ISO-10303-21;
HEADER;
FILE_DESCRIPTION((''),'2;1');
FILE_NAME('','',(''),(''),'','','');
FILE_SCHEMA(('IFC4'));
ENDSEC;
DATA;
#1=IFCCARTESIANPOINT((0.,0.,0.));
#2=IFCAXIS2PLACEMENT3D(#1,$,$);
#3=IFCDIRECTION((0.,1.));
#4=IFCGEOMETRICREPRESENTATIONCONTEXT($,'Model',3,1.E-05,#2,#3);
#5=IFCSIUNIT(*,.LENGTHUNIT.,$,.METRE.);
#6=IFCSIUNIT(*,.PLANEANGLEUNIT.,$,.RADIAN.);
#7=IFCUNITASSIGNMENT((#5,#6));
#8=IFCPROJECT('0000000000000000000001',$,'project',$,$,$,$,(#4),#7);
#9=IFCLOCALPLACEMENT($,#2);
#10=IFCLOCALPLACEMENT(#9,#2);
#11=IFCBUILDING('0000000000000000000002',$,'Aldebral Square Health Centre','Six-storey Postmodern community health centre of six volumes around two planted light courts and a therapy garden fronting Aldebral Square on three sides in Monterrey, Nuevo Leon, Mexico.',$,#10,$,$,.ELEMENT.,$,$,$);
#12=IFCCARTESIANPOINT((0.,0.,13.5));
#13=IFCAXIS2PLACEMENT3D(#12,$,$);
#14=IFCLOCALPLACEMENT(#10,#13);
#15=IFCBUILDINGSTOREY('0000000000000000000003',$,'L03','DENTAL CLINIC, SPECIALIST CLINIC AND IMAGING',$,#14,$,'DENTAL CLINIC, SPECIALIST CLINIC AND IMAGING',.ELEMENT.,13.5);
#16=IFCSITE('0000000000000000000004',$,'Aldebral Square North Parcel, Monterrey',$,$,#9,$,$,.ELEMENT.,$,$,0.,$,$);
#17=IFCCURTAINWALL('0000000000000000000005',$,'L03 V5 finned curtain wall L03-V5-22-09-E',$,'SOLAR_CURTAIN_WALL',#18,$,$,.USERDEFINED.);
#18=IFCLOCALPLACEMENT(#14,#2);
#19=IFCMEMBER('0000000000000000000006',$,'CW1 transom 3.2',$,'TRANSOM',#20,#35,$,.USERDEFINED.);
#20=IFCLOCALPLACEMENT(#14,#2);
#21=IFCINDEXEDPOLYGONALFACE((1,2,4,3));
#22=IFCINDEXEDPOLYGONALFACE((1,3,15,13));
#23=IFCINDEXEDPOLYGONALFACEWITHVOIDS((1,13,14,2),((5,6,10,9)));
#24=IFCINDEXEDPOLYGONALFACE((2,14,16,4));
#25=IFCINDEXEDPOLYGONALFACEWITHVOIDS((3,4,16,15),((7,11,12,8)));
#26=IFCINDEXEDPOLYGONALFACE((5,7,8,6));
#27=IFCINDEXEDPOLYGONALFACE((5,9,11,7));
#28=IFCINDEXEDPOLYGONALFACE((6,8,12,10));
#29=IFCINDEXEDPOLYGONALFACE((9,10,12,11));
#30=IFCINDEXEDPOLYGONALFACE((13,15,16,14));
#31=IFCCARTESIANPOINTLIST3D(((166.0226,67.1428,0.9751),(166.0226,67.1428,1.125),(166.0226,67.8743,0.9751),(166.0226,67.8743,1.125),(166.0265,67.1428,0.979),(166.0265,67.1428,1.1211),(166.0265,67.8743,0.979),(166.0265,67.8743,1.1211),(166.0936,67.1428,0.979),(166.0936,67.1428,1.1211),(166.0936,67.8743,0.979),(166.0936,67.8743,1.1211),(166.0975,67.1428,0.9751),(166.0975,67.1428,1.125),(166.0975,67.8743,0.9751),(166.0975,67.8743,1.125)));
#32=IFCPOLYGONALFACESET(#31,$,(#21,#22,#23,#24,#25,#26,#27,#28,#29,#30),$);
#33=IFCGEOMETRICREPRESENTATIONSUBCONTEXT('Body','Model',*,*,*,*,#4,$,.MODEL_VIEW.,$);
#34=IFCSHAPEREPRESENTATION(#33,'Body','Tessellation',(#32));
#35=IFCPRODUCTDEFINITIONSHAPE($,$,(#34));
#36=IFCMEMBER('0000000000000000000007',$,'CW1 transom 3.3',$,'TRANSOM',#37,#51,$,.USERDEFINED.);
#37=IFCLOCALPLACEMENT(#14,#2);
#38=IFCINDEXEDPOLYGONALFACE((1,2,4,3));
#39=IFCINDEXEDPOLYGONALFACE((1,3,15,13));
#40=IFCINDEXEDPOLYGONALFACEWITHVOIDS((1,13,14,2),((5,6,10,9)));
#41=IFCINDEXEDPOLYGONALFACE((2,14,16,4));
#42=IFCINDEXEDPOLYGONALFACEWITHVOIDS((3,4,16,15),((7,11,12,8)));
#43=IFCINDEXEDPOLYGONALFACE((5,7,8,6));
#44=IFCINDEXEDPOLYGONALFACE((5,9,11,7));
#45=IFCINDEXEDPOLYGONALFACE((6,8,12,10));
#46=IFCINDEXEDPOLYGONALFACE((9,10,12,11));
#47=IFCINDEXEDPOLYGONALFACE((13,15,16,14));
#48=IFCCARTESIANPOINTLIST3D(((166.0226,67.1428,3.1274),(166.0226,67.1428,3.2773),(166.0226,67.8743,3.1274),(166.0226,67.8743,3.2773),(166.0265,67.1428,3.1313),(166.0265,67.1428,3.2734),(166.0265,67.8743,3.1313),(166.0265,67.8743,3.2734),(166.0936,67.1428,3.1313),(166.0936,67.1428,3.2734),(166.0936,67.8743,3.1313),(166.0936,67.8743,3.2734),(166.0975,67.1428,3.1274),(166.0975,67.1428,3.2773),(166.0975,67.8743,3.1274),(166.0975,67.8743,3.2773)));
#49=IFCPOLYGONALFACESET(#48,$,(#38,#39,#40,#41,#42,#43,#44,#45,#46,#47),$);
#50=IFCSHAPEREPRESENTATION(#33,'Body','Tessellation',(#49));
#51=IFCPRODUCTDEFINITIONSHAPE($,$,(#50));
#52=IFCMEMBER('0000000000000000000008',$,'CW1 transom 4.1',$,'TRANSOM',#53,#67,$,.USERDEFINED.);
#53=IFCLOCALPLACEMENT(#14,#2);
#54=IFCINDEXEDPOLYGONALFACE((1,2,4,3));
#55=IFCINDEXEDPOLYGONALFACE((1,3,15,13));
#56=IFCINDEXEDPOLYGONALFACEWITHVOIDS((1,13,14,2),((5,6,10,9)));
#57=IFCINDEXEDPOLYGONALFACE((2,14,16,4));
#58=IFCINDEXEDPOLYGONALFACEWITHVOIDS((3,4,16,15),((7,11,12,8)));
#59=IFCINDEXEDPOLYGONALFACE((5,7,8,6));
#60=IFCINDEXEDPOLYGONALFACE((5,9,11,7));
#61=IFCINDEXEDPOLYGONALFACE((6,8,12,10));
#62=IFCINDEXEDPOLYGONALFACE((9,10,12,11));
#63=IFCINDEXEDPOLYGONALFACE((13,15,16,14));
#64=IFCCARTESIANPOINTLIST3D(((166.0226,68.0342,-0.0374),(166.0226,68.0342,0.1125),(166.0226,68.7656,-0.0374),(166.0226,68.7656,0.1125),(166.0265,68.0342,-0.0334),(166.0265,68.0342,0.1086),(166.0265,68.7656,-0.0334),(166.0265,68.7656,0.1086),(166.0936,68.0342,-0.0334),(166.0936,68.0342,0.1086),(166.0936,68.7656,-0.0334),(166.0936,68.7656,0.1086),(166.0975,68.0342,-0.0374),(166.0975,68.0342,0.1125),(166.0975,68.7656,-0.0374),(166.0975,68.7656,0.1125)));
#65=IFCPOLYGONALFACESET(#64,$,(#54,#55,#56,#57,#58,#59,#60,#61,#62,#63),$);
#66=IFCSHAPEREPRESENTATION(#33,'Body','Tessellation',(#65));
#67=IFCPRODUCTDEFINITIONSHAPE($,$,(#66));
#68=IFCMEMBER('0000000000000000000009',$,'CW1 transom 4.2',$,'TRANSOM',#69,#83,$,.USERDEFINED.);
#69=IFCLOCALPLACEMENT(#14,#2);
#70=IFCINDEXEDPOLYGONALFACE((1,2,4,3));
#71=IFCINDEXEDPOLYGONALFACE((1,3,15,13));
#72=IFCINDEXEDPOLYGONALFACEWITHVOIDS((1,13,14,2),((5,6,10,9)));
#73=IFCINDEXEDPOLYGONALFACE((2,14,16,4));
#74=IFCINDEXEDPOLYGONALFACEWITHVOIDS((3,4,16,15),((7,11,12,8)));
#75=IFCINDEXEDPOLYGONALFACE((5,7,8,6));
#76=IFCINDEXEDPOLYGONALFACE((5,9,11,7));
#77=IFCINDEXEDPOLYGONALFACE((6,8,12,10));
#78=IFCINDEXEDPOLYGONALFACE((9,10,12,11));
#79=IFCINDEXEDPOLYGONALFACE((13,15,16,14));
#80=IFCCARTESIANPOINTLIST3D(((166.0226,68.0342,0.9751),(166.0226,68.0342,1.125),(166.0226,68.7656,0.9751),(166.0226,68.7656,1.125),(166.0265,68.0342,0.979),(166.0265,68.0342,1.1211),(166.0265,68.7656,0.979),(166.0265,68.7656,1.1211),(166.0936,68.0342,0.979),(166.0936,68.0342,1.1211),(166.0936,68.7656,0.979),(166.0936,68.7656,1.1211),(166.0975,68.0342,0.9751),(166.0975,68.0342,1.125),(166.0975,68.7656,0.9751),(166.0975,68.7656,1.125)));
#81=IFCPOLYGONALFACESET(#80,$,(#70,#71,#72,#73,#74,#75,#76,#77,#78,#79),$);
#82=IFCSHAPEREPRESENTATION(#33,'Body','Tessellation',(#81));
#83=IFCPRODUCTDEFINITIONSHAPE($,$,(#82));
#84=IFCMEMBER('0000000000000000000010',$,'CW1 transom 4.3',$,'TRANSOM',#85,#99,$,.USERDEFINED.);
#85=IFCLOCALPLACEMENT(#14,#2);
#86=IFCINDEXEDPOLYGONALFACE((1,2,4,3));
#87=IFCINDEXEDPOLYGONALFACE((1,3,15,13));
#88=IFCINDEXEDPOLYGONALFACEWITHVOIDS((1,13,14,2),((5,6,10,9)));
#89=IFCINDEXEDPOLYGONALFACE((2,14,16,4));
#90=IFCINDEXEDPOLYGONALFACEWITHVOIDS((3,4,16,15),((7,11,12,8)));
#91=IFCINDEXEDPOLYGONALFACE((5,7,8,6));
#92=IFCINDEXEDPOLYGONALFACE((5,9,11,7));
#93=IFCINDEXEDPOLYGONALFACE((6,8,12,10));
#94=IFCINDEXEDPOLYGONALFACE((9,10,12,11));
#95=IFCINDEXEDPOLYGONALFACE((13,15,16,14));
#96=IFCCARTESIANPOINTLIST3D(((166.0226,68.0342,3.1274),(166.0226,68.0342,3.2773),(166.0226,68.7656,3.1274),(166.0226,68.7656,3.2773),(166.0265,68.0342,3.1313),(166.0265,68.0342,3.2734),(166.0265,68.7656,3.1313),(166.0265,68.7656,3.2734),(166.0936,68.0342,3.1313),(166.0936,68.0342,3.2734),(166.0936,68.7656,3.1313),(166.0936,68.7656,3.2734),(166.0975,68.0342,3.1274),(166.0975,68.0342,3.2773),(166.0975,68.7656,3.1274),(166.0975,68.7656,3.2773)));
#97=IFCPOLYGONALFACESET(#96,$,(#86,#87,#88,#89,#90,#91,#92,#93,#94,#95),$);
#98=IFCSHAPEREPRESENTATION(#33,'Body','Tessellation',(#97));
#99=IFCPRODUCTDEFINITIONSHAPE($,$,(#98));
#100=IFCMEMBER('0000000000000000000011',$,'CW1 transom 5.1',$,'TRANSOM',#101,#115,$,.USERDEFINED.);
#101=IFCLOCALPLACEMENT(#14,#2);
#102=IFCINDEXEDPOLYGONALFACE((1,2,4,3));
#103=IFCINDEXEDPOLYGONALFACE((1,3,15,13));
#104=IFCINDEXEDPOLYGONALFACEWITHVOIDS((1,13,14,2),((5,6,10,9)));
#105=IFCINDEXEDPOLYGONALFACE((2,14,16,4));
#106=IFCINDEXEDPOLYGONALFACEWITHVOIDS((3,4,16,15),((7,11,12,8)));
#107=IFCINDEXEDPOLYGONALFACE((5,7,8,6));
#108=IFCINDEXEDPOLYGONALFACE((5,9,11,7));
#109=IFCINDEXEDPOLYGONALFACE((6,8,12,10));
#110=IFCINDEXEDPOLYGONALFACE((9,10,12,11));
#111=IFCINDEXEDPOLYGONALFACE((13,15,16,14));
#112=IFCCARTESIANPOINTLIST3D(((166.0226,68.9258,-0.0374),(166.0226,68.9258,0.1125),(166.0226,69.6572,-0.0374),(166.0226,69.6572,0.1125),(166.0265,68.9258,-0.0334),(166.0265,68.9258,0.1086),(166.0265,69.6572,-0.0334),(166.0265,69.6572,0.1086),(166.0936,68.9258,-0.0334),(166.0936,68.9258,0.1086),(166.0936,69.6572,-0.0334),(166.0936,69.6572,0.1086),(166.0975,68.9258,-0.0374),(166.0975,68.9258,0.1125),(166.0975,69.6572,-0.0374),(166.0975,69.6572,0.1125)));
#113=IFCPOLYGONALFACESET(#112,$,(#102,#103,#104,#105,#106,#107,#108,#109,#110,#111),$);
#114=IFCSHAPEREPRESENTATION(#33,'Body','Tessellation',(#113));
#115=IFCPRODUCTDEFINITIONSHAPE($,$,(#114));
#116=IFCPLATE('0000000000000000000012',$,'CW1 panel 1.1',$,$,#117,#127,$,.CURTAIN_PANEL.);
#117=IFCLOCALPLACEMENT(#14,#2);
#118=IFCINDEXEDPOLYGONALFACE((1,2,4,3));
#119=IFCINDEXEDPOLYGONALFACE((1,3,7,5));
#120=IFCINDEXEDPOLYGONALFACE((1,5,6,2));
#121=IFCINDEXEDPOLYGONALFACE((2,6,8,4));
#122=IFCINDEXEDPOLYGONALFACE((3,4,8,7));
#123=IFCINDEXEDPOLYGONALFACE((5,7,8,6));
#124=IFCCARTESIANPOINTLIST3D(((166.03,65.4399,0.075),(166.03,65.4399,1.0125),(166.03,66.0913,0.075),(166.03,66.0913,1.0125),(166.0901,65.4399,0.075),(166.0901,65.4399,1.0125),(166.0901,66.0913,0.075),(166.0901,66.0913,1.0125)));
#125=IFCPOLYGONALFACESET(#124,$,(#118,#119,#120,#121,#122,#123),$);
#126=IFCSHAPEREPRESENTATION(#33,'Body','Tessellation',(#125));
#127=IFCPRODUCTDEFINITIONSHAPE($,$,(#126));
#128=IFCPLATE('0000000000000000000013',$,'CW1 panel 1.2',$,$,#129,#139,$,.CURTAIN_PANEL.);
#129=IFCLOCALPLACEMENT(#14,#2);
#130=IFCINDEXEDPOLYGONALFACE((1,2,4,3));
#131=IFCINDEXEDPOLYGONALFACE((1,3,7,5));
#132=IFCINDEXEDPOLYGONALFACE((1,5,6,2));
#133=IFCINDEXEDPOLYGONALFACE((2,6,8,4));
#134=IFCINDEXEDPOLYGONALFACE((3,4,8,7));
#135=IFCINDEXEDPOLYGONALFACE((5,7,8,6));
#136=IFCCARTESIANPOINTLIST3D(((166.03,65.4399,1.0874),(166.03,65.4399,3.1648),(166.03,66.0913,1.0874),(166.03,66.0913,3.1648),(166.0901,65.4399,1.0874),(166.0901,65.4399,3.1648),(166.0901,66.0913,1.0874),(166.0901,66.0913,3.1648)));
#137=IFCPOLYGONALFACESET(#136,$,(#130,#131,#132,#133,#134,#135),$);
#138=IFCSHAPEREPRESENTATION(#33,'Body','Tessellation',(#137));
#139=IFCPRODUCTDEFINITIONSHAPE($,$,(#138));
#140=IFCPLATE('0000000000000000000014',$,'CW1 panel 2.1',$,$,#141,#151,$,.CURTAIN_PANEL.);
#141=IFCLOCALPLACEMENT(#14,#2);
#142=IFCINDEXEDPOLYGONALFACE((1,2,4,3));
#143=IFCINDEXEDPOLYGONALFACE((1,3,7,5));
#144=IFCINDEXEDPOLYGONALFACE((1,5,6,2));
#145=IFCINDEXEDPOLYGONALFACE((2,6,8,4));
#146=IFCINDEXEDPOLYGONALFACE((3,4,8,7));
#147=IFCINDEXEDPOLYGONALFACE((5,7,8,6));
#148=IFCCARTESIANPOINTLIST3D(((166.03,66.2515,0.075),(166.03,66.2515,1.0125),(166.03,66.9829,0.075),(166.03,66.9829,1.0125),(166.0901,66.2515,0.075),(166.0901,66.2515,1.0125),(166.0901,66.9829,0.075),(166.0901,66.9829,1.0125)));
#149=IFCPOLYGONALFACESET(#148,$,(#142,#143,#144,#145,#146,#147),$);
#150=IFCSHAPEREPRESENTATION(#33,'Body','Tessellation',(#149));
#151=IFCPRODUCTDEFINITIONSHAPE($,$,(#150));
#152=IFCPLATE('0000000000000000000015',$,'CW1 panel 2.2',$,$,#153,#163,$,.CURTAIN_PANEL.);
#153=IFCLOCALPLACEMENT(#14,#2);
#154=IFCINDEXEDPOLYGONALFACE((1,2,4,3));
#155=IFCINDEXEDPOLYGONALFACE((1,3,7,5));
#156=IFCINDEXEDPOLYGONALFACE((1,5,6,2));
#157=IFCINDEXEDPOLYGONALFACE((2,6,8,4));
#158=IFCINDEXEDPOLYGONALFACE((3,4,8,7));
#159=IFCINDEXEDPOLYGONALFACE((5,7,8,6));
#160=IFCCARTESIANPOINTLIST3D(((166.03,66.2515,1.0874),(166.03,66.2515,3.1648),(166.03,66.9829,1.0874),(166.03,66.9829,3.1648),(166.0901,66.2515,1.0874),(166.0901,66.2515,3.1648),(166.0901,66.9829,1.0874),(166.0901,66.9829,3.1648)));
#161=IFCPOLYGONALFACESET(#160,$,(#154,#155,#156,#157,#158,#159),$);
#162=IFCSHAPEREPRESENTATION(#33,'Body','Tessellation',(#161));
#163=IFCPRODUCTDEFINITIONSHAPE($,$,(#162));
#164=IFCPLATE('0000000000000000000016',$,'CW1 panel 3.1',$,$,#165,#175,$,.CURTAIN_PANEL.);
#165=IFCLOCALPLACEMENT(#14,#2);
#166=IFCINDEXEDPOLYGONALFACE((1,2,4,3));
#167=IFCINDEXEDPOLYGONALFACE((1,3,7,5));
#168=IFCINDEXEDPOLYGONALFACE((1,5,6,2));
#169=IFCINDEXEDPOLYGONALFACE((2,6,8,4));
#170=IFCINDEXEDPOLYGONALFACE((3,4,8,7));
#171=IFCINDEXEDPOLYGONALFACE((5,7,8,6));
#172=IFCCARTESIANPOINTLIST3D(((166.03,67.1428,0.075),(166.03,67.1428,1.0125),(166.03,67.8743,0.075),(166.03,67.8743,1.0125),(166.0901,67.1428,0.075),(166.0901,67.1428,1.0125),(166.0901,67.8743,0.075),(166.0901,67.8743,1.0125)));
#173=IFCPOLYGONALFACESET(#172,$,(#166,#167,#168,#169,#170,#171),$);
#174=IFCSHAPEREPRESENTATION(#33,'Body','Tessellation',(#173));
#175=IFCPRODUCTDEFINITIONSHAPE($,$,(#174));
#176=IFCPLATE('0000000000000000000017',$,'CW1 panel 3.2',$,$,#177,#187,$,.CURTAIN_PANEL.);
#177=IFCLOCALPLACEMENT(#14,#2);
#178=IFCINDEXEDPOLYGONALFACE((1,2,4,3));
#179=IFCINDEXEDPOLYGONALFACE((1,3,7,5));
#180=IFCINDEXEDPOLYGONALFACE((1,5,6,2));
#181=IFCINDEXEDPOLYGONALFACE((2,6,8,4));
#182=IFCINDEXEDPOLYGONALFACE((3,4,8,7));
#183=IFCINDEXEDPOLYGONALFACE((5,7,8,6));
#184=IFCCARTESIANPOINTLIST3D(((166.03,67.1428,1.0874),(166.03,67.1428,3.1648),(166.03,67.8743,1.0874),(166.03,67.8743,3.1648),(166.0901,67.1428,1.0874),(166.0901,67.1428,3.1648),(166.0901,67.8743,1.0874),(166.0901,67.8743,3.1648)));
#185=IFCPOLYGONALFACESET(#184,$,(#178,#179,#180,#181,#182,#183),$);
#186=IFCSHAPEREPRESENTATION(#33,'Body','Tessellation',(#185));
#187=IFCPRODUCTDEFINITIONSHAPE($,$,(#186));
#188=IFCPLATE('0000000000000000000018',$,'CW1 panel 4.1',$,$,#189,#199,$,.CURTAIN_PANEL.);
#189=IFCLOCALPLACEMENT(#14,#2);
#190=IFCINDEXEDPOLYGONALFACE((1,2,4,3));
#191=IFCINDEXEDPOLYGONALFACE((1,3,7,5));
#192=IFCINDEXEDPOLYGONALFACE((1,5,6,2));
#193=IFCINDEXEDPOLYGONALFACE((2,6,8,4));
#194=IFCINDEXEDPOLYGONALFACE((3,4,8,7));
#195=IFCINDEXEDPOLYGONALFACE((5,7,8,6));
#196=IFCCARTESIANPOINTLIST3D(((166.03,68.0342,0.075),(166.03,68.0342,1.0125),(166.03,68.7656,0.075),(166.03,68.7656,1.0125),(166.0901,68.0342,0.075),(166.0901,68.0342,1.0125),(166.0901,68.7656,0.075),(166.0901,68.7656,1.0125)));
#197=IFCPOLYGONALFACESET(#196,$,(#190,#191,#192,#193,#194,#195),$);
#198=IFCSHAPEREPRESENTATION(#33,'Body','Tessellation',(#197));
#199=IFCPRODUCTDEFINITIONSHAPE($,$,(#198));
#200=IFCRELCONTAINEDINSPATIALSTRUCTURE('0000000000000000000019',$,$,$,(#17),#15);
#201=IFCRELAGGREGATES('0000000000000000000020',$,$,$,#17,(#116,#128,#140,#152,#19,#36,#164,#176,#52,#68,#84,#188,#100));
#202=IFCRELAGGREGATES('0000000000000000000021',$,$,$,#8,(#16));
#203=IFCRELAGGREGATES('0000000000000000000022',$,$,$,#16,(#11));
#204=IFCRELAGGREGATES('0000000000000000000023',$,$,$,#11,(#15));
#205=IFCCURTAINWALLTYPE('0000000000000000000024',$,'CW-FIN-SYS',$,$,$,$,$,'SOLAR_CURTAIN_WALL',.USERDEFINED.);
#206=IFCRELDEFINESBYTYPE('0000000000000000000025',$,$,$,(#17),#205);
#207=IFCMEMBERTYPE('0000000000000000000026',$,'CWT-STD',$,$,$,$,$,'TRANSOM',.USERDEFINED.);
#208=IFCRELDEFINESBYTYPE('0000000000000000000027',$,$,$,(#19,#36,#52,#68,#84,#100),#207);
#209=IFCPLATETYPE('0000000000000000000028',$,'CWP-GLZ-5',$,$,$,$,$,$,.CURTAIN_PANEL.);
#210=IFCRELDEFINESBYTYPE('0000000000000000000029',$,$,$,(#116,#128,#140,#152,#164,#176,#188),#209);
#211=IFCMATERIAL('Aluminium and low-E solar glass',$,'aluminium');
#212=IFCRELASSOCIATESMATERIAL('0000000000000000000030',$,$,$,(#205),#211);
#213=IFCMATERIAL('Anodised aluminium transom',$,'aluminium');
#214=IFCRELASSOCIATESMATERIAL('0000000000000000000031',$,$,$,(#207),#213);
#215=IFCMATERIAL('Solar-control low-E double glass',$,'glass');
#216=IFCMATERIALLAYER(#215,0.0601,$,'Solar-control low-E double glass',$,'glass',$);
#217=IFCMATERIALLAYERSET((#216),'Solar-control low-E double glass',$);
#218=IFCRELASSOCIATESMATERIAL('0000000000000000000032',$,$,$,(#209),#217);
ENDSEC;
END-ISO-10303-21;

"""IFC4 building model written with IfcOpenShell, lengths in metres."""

from ifc_helpers import new_model, si_unit, direction, frame, origin, origin_2d, place, context, subcontext, project, spatial, rectangle, hollow_rectangle, extrude, material, layer, layer_set, material_profile, profile_set, type_object, element, aggregate, save


model = new_model("IFC4")

# Units and contexts
model_context = context("Model", 3, precision=1e-05, world=origin(), true_north=direction((0.0, 1.0)))
body_context = subcontext(model_context, "Body", "Model", "MODEL_VIEW")
ifc_project = project(units=[si_unit("LENGTHUNIT", "METRE"), si_unit("PLANEANGLEUNIT", "RADIAN")], contexts=[model_context])

# Site, building, storey
site_placement = place(None, origin())
site = spatial("IfcSite", under=ifc_project, at=site_placement, Name="Aldebral Square North Parcel, Monterrey", CompositionType="ELEMENT", RefElevation=0.0)
building_placement = place(site_placement, origin())
building = spatial("IfcBuilding", under=site, at=building_placement, Name="Aldebral Square Health Centre", Description="Six-storey Postmodern community health centre of six volumes around two planted light courts and a therapy garden fronting Aldebral Square on three sides in Monterrey, Nuevo Leon, Mexico.", CompositionType="ELEMENT")
storey_placement = place(building_placement, frame((0.0, 0.0, 13.5)))
storey = spatial("IfcBuildingStorey", under=building, at=storey_placement, Name="L03", Description="DENTAL CLINIC, SPECIALIST CLINIC AND IMAGING", LongName="DENTAL CLINIC, SPECIALIST CLINIC AND IMAGING", CompositionType="ELEMENT", Elevation=13.5)

# Curtain wall, members, plates
ifc_material_1 = material(Name="Aluminium and low-E solar glass", Category="aluminium")
curtain_wall_type = type_object("IfcCurtainWallType", Name="CW-FIN-SYS", ElementType="SOLAR_CURTAIN_WALL", PredefinedType="USERDEFINED", material=ifc_material_1)
curtain_wall_placement = place(storey_placement, origin())
curtain_wall = element("IfcCurtainWall", 1, at=curtain_wall_placement, inside=storey, type_object=curtain_wall_type, Name="L03 V5 finned curtain wall L03-V5-22-09-E", ObjectType="SOLAR_CURTAIN_WALL", PredefinedType="USERDEFINED")
ifc_material_2 = material(Name="Anodised aluminium transom", Category="aluminium")
ifc_material_profile_1 = material_profile(ifc_material_2, hollow_rectangle(XDim=0.075, YDim=0.1499, WallThickness=0.0039, at=origin_2d()), Name="CWT 75x150x4")
ifc_profile_set_1 = profile_set([ifc_material_profile_1], Name="Anodised aluminium transom")
member_type_1 = type_object("IfcMemberType", Name="CWT-STD", ElementType="TRANSOM", PredefinedType="USERDEFINED", material=ifc_profile_set_1)
member_1_placement = place(storey_placement, frame((166.0601, 67.1428, 1.05), z_axis=(0.0, 1.0, 0.0), x_axis=(-1.0, 0.0, 0.0)))
member_1 = element("IfcMember", 2, at=member_1_placement, type_object=member_type_1, Name="CW1 transom 3.2", ObjectType="TRANSOM", PredefinedType="USERDEFINED", context=body_context, shape_type="SweptSolid", body=[
    extrude(hollow_rectangle(XDim=0.075, YDim=0.1499, WallThickness=0.0039, at=origin_2d()), origin(), (0.0, 0.0, 1.0), 0.7314),
])
member_2_placement = place(storey_placement, frame((166.0601, 67.1428, 3.2024), z_axis=(0.0, 1.0, 0.0), x_axis=(-1.0, 0.0, 0.0)))
member_2 = element("IfcMember", 3, at=member_2_placement, type_object=member_type_1, Name="CW1 transom 3.3", ObjectType="TRANSOM", PredefinedType="USERDEFINED", context=body_context, shape_type="SweptSolid", body=[
    extrude(hollow_rectangle(XDim=0.075, YDim=0.1499, WallThickness=0.0039, at=origin_2d()), origin(), (0.0, 0.0, 1.0), 0.7314),
])
member_3_placement = place(storey_placement, frame((166.0601, 68.0342, 0.0376), z_axis=(0.0, 1.0, 0.0), x_axis=(-1.0, 0.0, 0.0)))
member_3 = element("IfcMember", 4, at=member_3_placement, type_object=member_type_1, Name="CW1 transom 4.1", ObjectType="TRANSOM", PredefinedType="USERDEFINED", context=body_context, shape_type="SweptSolid", body=[
    extrude(hollow_rectangle(XDim=0.075, YDim=0.1499, WallThickness=0.0039, at=origin_2d()), origin(), (0.0, 0.0, 1.0), 0.7314),
])
member_4_placement = place(storey_placement, frame((166.0601, 68.0342, 1.05), z_axis=(0.0, 1.0, 0.0), x_axis=(-1.0, 0.0, 0.0)))
member_4 = element("IfcMember", 5, at=member_4_placement, type_object=member_type_1, Name="CW1 transom 4.2", ObjectType="TRANSOM", PredefinedType="USERDEFINED", context=body_context, shape_type="SweptSolid", body=[
    extrude(hollow_rectangle(XDim=0.075, YDim=0.1499, WallThickness=0.0039, at=origin_2d()), origin(), (0.0, 0.0, 1.0), 0.7314),
])
member_5_placement = place(storey_placement, frame((166.0601, 68.0342, 3.2024), z_axis=(0.0, 1.0, 0.0), x_axis=(-1.0, 0.0, 0.0)))
member_5 = element("IfcMember", 6, at=member_5_placement, type_object=member_type_1, Name="CW1 transom 4.3", ObjectType="TRANSOM", PredefinedType="USERDEFINED", context=body_context, shape_type="SweptSolid", body=[
    extrude(hollow_rectangle(XDim=0.075, YDim=0.1499, WallThickness=0.0039, at=origin_2d()), origin(), (0.0, 0.0, 1.0), 0.7314),
])
member_6_placement = place(storey_placement, frame((166.0601, 68.9258, 0.0376), z_axis=(0.0, 1.0, 0.0), x_axis=(-1.0, 0.0, 0.0)))
member_6 = element("IfcMember", 7, at=member_6_placement, type_object=member_type_1, Name="CW1 transom 5.1", ObjectType="TRANSOM", PredefinedType="USERDEFINED", context=body_context, shape_type="SweptSolid", body=[
    extrude(hollow_rectangle(XDim=0.075, YDim=0.1499, WallThickness=0.0039, at=origin_2d()), origin(), (0.0, 0.0, 1.0), 0.7314),
])
ifc_material_3 = material(Name="Solar-control low-E double glass", Category="glass")
ifc_layer = layer(ifc_material_3, 0.0601, Name="Solar-control low-E double glass", Category="glass")
ifc_layer_set = layer_set([ifc_layer], Name="Solar-control low-E double glass")
plate_type = type_object("IfcPlateType", Name="CWP-GLZ-5", PredefinedType="CURTAIN_PANEL", material=ifc_layer_set)
plate_1_placement = place(storey_placement, frame((166.0601, 65.7656, 0.075), z_axis=(0.0, 0.0, 1.0), x_axis=(0.0, 1.0, 0.0)))
plate_1 = element("IfcPlate", 8, at=plate_1_placement, type_object=plate_type, Name="CW1 panel 1.1", PredefinedType="CURTAIN_PANEL", context=body_context, shape_type="SweptSolid", body=[
    extrude(rectangle(XDim=0.6514, YDim=0.0601, at=origin_2d()), origin(), (0.0, 0.0, 1.0), 0.9375),
])
plate_2_placement = place(storey_placement, frame((166.0601, 65.7656, 1.0874), z_axis=(0.0, 0.0, 1.0), x_axis=(0.0, 1.0, 0.0)))
plate_2 = element("IfcPlate", 9, at=plate_2_placement, type_object=plate_type, Name="CW1 panel 1.2", PredefinedType="CURTAIN_PANEL", context=body_context, shape_type="SweptSolid", body=[
    extrude(rectangle(XDim=0.6514, YDim=0.0601, at=origin_2d()), origin(), (0.0, 0.0, 1.0), 2.0774),
])
plate_3_placement = place(storey_placement, frame((166.0601, 66.6172, 0.075), z_axis=(0.0, 0.0, 1.0), x_axis=(0.0, 1.0, 0.0)))
plate_3 = element("IfcPlate", 10, at=plate_3_placement, type_object=plate_type, Name="CW1 panel 2.1", PredefinedType="CURTAIN_PANEL", context=body_context, shape_type="SweptSolid", body=[
    extrude(rectangle(XDim=0.7314, YDim=0.0601, at=origin_2d()), origin(), (0.0, 0.0, 1.0), 0.9375),
])
plate_4_placement = place(storey_placement, frame((166.0601, 66.6172, 1.0874), z_axis=(0.0, 0.0, 1.0), x_axis=(0.0, 1.0, 0.0)))
plate_4 = element("IfcPlate", 11, at=plate_4_placement, type_object=plate_type, Name="CW1 panel 2.2", PredefinedType="CURTAIN_PANEL", context=body_context, shape_type="SweptSolid", body=[
    extrude(rectangle(XDim=0.7314, YDim=0.0601, at=origin_2d()), origin(), (0.0, 0.0, 1.0), 2.0774),
])
plate_5_placement = place(storey_placement, frame((166.0601, 67.5085, 0.075), z_axis=(0.0, 0.0, 1.0), x_axis=(0.0, 1.0, 0.0)))
plate_5 = element("IfcPlate", 12, at=plate_5_placement, type_object=plate_type, Name="CW1 panel 3.1", PredefinedType="CURTAIN_PANEL", context=body_context, shape_type="SweptSolid", body=[
    extrude(rectangle(XDim=0.7314, YDim=0.0601, at=origin_2d()), origin(), (0.0, 0.0, 1.0), 0.9375),
])
plate_6_placement = place(storey_placement, frame((166.0601, 67.5085, 1.0874), z_axis=(0.0, 0.0, 1.0), x_axis=(0.0, 1.0, 0.0)))
plate_6 = element("IfcPlate", 13, at=plate_6_placement, type_object=plate_type, Name="CW1 panel 3.2", PredefinedType="CURTAIN_PANEL", context=body_context, shape_type="SweptSolid", body=[
    extrude(rectangle(XDim=0.7314, YDim=0.0601, at=origin_2d()), origin(), (0.0, 0.0, 1.0), 2.0774),
])
plate_7_placement = place(storey_placement, frame((166.0601, 68.3999, 0.075), z_axis=(0.0, 0.0, 1.0), x_axis=(0.0, 1.0, 0.0)))
plate_7 = element("IfcPlate", 14, at=plate_7_placement, type_object=plate_type, Name="CW1 panel 4.1", PredefinedType="CURTAIN_PANEL", context=body_context, shape_type="SweptSolid", body=[
    extrude(rectangle(XDim=0.7314, YDim=0.0601, at=origin_2d()), origin(), (0.0, 0.0, 1.0), 0.9375),
])
aggregate(curtain_wall, [plate_1, plate_2, plate_3, plate_4, member_1, member_2, plate_5, plate_6, member_3, member_4, member_5, plate_7, member_6])

save(model, "model.ifc")
